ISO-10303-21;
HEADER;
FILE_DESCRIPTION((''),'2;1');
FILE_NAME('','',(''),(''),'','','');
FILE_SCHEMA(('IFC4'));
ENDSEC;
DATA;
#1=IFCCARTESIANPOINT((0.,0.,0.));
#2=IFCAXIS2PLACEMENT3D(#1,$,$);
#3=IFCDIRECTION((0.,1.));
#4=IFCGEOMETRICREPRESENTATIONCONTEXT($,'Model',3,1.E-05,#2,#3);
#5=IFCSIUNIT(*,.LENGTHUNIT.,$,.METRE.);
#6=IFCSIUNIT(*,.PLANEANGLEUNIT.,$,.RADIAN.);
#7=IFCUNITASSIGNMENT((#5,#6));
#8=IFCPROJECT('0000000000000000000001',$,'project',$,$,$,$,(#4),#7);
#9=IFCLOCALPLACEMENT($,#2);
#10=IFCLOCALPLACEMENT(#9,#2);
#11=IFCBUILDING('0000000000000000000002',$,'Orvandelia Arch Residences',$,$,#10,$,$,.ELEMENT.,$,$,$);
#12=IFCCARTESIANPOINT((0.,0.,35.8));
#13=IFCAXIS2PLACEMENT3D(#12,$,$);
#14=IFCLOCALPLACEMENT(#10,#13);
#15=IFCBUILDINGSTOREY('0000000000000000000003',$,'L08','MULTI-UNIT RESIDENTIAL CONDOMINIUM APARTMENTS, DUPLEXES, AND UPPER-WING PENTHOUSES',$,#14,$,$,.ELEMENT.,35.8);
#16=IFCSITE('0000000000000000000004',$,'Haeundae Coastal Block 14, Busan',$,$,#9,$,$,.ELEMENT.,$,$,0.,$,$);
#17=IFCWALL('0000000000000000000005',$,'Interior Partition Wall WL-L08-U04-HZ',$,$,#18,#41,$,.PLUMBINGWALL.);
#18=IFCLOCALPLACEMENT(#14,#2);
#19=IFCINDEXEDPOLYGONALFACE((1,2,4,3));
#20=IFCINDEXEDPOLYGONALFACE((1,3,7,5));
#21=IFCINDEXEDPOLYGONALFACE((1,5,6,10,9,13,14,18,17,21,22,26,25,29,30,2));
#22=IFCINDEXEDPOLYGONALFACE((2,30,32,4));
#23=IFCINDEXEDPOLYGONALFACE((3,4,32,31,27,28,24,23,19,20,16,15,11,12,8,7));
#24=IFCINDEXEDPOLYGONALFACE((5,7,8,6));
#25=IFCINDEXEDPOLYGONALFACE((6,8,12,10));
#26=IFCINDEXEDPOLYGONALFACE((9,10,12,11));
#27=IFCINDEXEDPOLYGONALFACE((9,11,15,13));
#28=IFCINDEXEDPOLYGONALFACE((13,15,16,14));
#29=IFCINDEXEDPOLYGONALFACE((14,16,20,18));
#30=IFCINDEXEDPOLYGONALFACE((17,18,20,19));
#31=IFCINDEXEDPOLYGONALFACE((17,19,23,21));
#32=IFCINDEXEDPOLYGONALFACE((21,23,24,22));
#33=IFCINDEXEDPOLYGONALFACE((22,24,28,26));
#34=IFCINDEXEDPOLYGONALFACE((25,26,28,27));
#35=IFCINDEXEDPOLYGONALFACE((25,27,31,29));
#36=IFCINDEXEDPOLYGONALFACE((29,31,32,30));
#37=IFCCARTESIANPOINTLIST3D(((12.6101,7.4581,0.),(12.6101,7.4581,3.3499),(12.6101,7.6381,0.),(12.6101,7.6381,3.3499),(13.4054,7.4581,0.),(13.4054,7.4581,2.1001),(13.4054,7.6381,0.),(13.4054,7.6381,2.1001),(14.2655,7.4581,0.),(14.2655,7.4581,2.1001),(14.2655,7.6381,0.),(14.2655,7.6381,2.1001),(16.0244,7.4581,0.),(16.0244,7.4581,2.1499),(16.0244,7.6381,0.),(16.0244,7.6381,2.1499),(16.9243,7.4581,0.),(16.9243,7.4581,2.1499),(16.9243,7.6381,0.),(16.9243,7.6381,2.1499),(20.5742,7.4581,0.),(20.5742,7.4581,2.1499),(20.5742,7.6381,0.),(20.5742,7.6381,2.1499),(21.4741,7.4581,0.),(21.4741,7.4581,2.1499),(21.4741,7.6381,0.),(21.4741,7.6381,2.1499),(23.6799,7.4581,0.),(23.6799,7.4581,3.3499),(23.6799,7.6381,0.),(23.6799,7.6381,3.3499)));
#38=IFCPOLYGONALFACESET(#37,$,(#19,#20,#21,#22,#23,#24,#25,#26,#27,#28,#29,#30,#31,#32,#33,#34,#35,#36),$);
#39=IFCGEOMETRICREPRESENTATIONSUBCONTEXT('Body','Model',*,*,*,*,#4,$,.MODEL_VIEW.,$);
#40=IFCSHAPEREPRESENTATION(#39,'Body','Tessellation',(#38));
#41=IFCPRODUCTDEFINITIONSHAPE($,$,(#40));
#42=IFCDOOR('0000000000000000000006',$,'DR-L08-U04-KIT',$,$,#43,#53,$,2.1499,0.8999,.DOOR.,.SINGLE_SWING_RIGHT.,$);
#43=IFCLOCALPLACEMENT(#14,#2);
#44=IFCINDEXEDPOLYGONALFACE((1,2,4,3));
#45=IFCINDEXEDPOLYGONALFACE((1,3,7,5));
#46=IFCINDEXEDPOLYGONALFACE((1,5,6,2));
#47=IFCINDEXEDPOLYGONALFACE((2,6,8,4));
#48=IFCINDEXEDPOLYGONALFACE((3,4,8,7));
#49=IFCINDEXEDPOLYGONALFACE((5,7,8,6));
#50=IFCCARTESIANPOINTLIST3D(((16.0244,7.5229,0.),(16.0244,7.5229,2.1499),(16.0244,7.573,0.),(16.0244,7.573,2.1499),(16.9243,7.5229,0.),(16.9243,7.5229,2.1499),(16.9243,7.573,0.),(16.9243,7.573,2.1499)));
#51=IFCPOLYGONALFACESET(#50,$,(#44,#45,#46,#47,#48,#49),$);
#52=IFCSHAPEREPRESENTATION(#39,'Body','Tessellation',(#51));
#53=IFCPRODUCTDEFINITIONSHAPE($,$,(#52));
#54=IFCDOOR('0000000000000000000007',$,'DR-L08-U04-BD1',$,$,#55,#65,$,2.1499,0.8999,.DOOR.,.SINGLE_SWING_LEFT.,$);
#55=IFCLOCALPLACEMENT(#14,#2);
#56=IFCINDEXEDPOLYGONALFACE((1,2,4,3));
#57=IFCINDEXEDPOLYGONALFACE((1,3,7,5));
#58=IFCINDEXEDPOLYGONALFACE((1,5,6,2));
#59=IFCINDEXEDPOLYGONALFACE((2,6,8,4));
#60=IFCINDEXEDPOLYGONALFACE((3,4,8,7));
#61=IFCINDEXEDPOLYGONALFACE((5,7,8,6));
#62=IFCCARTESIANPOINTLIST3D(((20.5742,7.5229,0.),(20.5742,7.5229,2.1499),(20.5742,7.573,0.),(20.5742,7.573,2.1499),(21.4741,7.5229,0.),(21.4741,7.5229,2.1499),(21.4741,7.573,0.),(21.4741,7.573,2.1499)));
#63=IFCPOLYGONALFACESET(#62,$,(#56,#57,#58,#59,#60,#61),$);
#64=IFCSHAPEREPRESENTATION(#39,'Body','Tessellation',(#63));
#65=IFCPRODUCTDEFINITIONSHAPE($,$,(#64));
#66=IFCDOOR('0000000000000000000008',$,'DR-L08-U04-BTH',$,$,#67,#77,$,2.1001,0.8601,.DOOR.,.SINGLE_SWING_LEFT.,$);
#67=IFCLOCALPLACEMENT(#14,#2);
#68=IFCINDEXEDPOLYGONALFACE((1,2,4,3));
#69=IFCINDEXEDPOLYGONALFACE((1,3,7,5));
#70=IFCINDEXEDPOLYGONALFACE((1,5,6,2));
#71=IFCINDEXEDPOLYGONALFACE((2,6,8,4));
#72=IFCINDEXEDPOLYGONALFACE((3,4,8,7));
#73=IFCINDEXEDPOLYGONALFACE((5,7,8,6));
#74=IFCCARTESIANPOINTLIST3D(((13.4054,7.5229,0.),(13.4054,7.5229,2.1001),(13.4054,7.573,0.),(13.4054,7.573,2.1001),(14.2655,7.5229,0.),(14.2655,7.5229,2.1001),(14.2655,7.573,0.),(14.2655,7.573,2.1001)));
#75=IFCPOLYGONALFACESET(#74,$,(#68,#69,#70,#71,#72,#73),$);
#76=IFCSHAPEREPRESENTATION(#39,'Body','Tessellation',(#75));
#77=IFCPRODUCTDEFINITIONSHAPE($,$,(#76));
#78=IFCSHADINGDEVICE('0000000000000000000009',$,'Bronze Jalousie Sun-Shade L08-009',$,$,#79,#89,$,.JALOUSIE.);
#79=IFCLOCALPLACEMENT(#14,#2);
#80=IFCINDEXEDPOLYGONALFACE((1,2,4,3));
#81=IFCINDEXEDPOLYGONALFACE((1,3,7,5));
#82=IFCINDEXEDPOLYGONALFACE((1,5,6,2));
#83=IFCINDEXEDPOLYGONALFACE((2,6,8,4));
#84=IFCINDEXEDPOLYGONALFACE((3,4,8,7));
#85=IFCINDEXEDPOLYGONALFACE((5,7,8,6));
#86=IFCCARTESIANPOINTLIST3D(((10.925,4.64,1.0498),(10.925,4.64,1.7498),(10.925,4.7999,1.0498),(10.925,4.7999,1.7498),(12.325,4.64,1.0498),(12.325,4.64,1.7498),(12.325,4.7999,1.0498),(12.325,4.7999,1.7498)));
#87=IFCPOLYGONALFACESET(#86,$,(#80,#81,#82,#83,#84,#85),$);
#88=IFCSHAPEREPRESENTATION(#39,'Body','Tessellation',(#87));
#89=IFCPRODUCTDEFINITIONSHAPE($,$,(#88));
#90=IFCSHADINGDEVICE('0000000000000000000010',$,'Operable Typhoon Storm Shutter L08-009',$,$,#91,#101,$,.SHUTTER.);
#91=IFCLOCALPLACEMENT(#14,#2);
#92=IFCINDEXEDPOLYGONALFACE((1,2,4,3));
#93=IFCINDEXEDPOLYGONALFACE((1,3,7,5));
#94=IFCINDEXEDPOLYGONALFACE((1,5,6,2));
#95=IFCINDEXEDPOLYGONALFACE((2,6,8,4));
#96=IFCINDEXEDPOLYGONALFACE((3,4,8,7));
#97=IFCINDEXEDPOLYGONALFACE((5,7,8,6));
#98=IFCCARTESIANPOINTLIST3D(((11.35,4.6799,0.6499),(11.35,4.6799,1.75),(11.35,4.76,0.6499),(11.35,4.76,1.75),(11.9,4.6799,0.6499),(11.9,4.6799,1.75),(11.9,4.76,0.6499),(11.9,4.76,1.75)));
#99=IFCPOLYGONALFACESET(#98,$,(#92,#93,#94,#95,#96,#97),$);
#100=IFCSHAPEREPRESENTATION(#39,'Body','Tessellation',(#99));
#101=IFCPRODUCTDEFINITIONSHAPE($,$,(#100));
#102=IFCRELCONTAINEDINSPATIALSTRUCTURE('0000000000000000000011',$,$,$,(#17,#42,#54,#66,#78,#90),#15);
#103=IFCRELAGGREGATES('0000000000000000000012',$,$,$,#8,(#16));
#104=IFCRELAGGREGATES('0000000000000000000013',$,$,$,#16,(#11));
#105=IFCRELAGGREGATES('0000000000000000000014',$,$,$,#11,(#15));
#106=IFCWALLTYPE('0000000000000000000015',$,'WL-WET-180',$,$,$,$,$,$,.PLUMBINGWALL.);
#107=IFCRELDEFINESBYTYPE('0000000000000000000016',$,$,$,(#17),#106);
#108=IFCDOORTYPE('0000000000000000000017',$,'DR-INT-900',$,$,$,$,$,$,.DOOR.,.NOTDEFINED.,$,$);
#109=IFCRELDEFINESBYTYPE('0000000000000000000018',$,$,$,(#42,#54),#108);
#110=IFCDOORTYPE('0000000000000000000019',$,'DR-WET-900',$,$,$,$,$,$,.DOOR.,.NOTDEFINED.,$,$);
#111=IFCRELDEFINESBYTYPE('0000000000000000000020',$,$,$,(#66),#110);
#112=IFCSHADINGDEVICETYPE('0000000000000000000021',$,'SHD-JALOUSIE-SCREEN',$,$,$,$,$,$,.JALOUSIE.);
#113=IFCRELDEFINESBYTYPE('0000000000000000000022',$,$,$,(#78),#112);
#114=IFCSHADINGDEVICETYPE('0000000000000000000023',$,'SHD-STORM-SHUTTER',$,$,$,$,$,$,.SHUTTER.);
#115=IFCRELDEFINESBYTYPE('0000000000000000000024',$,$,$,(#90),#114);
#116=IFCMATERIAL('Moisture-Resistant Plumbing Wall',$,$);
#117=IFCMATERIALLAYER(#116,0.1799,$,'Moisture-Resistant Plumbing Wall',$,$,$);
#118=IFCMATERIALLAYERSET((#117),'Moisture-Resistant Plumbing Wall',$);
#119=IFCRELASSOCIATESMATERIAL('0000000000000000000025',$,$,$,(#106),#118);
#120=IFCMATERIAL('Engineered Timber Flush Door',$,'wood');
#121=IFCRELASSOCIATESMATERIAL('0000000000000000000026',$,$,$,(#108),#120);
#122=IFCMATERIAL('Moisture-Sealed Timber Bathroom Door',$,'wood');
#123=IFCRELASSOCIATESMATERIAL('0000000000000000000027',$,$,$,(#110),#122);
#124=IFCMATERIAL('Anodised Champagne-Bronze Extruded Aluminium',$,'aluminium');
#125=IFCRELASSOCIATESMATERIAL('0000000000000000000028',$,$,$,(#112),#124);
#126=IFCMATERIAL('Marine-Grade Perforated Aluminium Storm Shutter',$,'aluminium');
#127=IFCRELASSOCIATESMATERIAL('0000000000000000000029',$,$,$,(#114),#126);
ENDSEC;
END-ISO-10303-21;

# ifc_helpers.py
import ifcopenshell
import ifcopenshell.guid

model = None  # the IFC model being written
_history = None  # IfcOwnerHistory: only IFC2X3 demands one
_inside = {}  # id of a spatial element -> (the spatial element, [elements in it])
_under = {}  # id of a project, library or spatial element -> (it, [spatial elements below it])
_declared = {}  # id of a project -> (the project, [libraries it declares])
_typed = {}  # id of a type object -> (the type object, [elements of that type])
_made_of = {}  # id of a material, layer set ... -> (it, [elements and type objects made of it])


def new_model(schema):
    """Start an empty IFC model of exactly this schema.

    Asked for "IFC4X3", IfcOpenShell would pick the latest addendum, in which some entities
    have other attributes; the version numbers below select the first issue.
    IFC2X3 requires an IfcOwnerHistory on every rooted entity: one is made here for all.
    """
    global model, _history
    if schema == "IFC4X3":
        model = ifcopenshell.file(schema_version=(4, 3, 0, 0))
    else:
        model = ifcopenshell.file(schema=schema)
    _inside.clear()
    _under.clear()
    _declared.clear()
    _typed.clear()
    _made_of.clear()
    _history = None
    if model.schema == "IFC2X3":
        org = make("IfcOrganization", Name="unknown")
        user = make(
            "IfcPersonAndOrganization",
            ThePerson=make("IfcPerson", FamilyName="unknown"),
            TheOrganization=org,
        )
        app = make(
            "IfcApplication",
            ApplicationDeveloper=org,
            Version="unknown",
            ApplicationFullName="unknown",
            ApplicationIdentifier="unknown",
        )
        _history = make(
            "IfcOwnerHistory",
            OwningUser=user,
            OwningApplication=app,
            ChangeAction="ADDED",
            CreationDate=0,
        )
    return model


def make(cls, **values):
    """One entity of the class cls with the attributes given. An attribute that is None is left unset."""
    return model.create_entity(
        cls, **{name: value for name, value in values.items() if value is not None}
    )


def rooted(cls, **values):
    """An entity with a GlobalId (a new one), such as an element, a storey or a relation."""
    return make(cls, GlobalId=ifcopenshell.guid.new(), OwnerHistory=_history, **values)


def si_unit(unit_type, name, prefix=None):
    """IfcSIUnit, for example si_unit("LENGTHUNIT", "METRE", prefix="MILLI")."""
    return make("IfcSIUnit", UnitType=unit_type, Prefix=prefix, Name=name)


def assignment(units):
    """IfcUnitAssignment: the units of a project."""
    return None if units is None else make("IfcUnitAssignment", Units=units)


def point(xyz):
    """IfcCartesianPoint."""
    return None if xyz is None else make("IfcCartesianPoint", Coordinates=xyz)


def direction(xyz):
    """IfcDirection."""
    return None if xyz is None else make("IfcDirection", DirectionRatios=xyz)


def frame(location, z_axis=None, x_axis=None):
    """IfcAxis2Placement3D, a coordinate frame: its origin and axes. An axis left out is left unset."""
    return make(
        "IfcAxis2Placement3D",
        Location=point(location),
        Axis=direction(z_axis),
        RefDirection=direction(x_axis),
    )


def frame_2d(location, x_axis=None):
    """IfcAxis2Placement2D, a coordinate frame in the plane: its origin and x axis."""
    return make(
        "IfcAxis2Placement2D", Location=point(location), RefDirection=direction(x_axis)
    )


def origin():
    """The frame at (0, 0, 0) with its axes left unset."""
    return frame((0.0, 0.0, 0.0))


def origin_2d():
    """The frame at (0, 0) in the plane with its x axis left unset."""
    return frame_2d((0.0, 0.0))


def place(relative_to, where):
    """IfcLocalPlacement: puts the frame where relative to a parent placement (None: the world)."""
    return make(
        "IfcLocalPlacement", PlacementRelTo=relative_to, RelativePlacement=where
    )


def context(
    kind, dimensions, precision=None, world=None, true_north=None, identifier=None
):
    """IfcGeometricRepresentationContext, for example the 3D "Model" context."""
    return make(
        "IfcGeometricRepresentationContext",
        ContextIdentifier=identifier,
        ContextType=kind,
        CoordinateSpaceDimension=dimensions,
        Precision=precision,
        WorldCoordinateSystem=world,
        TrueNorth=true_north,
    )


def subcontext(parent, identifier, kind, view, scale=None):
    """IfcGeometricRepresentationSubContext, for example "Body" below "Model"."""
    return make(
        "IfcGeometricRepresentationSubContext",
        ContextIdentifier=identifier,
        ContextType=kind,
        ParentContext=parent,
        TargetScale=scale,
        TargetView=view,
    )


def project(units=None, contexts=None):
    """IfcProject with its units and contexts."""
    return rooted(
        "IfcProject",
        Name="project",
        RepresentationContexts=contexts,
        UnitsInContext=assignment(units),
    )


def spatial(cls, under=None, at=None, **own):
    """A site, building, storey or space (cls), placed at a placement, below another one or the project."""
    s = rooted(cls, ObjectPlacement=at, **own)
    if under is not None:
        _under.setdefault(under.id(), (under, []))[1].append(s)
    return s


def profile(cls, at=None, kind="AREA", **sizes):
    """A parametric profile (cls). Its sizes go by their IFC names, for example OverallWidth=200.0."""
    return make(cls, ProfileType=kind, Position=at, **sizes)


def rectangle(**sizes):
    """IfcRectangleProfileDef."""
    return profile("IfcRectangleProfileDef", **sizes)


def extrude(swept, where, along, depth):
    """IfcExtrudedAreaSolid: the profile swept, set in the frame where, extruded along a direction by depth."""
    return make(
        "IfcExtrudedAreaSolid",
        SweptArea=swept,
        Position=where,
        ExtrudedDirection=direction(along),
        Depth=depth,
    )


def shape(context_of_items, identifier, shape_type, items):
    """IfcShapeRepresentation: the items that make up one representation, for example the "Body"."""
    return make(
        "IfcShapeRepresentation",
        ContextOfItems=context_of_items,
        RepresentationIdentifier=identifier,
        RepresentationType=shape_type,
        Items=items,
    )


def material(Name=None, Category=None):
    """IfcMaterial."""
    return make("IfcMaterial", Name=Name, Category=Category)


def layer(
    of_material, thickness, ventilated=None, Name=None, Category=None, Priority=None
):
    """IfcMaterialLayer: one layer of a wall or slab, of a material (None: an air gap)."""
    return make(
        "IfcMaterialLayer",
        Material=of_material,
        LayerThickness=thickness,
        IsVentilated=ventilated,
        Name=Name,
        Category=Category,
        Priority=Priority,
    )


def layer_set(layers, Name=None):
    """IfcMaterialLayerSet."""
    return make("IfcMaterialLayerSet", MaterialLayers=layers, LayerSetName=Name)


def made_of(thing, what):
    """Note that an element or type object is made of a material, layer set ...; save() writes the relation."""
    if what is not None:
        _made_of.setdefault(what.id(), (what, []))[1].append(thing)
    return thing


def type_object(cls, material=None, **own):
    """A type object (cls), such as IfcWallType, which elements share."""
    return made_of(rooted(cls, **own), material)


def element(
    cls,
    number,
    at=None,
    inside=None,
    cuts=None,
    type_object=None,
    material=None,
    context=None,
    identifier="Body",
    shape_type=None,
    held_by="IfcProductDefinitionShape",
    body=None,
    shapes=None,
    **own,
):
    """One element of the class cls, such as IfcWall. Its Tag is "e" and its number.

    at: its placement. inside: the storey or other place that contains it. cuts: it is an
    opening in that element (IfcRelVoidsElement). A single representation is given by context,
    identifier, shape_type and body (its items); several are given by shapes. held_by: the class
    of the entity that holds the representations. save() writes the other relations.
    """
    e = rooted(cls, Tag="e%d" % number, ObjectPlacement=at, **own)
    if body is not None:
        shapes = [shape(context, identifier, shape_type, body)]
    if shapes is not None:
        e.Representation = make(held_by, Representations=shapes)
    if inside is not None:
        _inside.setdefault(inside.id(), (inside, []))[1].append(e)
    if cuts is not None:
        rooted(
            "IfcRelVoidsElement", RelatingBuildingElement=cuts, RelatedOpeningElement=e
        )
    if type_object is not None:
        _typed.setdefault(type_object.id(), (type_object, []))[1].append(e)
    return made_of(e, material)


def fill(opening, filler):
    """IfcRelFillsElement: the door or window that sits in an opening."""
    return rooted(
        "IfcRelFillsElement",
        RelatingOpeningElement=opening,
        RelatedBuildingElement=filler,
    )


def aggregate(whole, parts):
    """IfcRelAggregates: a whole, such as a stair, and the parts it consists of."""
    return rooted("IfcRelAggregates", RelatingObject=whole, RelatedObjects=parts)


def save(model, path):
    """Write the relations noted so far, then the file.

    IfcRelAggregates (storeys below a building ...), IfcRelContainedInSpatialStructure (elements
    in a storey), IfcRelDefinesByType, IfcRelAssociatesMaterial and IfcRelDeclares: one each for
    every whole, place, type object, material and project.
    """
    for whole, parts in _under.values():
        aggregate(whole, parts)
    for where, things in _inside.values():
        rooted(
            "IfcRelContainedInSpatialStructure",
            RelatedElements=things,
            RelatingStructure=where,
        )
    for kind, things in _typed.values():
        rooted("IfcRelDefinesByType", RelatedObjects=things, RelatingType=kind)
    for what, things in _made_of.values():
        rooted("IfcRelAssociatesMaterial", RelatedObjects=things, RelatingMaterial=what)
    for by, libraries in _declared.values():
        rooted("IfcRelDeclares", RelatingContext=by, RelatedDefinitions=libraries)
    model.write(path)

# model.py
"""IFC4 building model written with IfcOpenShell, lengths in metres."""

from ifc_helpers import new_model, si_unit, direction, frame, frame_2d, origin, origin_2d, place, context, subcontext, project, spatial, rectangle, extrude, material, layer, layer_set, type_object, element, fill, save


model = new_model("IFC4")

# Units and contexts
model_context = context("Model", 3, precision=1e-05, world=origin(), true_north=direction((0.0, 1.0)))
body_context = subcontext(model_context, "Body", "Model", "MODEL_VIEW")
ifc_project = project(units=[si_unit("LENGTHUNIT", "METRE"), si_unit("PLANEANGLEUNIT", "RADIAN")], contexts=[model_context])

# Site, building, storey
site_placement = place(None, origin())
site = spatial("IfcSite", under=ifc_project, at=site_placement, Name="Haeundae Coastal Block 14, Busan", CompositionType="ELEMENT", RefElevation=0.0)
building_placement = place(site_placement, origin())
building = spatial("IfcBuilding", under=site, at=building_placement, Name="Orvandelia Arch Residences", CompositionType="ELEMENT")
storey_placement = place(building_placement, frame((0.0, 0.0, 35.8)))
storey = spatial("IfcBuildingStorey", under=building, at=storey_placement, Name="L08", Description="MULTI-UNIT RESIDENTIAL CONDOMINIUM APARTMENTS, DUPLEXES, AND UPPER-WING PENTHOUSES", CompositionType="ELEMENT", Elevation=35.8)

# Shared definitions
ifc_material_1 = material(Name="Moisture-Resistant Plumbing Wall")
ifc_layer_1 = layer(ifc_material_1, 0.1799, Name="Moisture-Resistant Plumbing Wall")
ifc_layer_set_1 = layer_set([ifc_layer_1], Name="Moisture-Resistant Plumbing Wall")
wall_type_1 = type_object("IfcWallType", Name="WL-WET-180", PredefinedType="PLUMBINGWALL", material=ifc_layer_set_1)

# Wall, openings, doors
wall_1_placement = place(storey_placement, frame((12.6101, 7.5481, 0.0), z_axis=(0.0, 0.0, 1.0), x_axis=(1.0, 0.0, 0.0)))
wall_1 = element("IfcWall", 1, at=wall_1_placement, inside=storey, type_object=wall_type_1, Name="Interior Partition Wall WL-L08-U04-HZ", PredefinedType="PLUMBINGWALL", context=body_context, shape_type="SweptSolid", body=[
    extrude(rectangle(XDim=11.0698, YDim=0.1799, at=frame_2d((5.5349, 0.0))), origin(), (0.0, 0.0, 1.0), 3.3499),
])
opening_1_placement = place(wall_1_placement, frame((0.7952, 0.0, 0.0)))
opening_1 = element("IfcOpeningElement", 2, at=opening_1_placement, cuts=wall_1, PredefinedType="OPENING", context=body_context, shape_type="SweptSolid", body=[
    extrude(rectangle(XDim=0.8601, YDim=2.1001, at=frame_2d((0.4302, 1.05))), frame((0.0, 0.1001, 0.0), z_axis=(0.0, -1.0, 0.0), x_axis=(1.0, 0.0, 0.0)), (0.0, 0.0, 1.0), 0.2),
])
opening_2_placement = place(wall_1_placement, frame((3.4143, 0.0, 0.0)))
opening_2 = element("IfcOpeningElement", 3, at=opening_2_placement, cuts=wall_1, PredefinedType="OPENING", context=body_context, shape_type="SweptSolid", body=[
    extrude(rectangle(XDim=0.8999, YDim=2.1499, at=frame_2d((0.45, 1.075))), frame((0.0, 0.1001, 0.0), z_axis=(0.0, -1.0, 0.0), x_axis=(1.0, 0.0, 0.0)), (0.0, 0.0, 1.0), 0.2),
])
opening_3_placement = place(wall_1_placement, frame((7.9641, 0.0, 0.0)))
opening_3 = element("IfcOpeningElement", 4, at=opening_3_placement, cuts=wall_1, PredefinedType="OPENING", context=body_context, shape_type="SweptSolid", body=[
    extrude(rectangle(XDim=0.8999, YDim=2.1499, at=frame_2d((0.45, 1.075))), frame((0.0, 0.1001, 0.0), z_axis=(0.0, -1.0, 0.0), x_axis=(1.0, 0.0, 0.0)), (0.0, 0.0, 1.0), 0.2),
])
ifc_material_2 = material(Name="Engineered Timber Flush Door", Category="wood")
door_type_1 = type_object("IfcDoorType", Name="DR-INT-900", OperationType="NOTDEFINED", PredefinedType="DOOR", material=ifc_material_2)
door_1_placement = place(opening_2_placement, origin())
door_1 = element("IfcDoor", 5, at=door_1_placement, inside=storey, type_object=door_type_1, Name="DR-L08-U04-KIT", OperationType="SINGLE_SWING_RIGHT", OverallHeight=2.1499, OverallWidth=0.8999, PredefinedType="DOOR", context=body_context, shape_type="SweptSolid", body=[
    extrude(rectangle(XDim=0.8999, YDim=2.1499, at=frame_2d((0.45, 1.075))), frame((0.0, 0.0249, 0.0), z_axis=(0.0, -1.0, 0.0), x_axis=(1.0, 0.0, 0.0)), (0.0, 0.0, 1.0), 0.05),
])
fill(opening_2, door_1)
door_2_placement = place(opening_3_placement, origin())
door_2 = element("IfcDoor", 6, at=door_2_placement, inside=storey, type_object=door_type_1, Name="DR-L08-U04-BD1", OperationType="SINGLE_SWING_LEFT", OverallHeight=2.1499, OverallWidth=0.8999, PredefinedType="DOOR", context=body_context, shape_type="SweptSolid", body=[
    extrude(rectangle(XDim=0.8999, YDim=2.1499, at=frame_2d((0.45, 1.075))), frame((0.0, 0.0249, 0.0), z_axis=(0.0, -1.0, 0.0), x_axis=(1.0, 0.0, 0.0)), (0.0, 0.0, 1.0), 0.05),
])
fill(opening_3, door_2)
ifc_material_3 = material(Name="Moisture-Sealed Timber Bathroom Door", Category="wood")
door_type_2 = type_object("IfcDoorType", Name="DR-WET-900", OperationType="NOTDEFINED", PredefinedType="DOOR", material=ifc_material_3)
door_3_placement = place(opening_1_placement, origin())
door_3 = element("IfcDoor", 7, at=door_3_placement, inside=storey, type_object=door_type_2, Name="DR-L08-U04-BTH", OperationType="SINGLE_SWING_LEFT", OverallHeight=2.1001, OverallWidth=0.8601, PredefinedType="DOOR", context=body_context, shape_type="SweptSolid", body=[
    extrude(rectangle(XDim=0.8601, YDim=2.1001, at=frame_2d((0.4302, 1.05))), frame((0.0, 0.0249, 0.0), z_axis=(0.0, -1.0, 0.0), x_axis=(1.0, 0.0, 0.0)), (0.0, 0.0, 1.0), 0.05),
])
fill(opening_1, door_3)

# Shading devices
ifc_material_4 = material(Name="Anodised Champagne-Bronze Extruded Aluminium", Category="aluminium")
shading_device_type_1 = type_object("IfcShadingDeviceType", Name="SHD-JALOUSIE-SCREEN", PredefinedType="JALOUSIE", material=ifc_material_4)
shading_device_1_placement = place(storey_placement, frame((11.625, 4.72, 1.0498), z_axis=(0.0, 0.0, 1.0), x_axis=(-1.0, 0.0, 0.0)))
element("IfcShadingDevice", 8, at=shading_device_1_placement, inside=storey, type_object=shading_device_type_1, Name="Bronze Jalousie Sun-Shade L08-009", PredefinedType="JALOUSIE", context=body_context, shape_type="SweptSolid", body=[
    extrude(rectangle(XDim=1.3999, YDim=0.1599, at=origin_2d()), origin(), (0.0, 0.0, 1.0), 0.7),
])
ifc_material_5 = material(Name="Marine-Grade Perforated Aluminium Storm Shutter", Category="aluminium")
shading_device_type_2 = type_object("IfcShadingDeviceType", Name="SHD-STORM-SHUTTER", PredefinedType="SHUTTER", material=ifc_material_5)
shading_device_2_placement = place(storey_placement, frame((11.625, 4.72, 0.6499), z_axis=(0.0, 0.0, 1.0), x_axis=(-1.0, 0.0, 0.0)))
element("IfcShadingDevice", 9, at=shading_device_2_placement, inside=storey, type_object=shading_device_type_2, Name="Operable Typhoon Storm Shutter L08-009", PredefinedType="SHUTTER", context=body_context, shape_type="SweptSolid", body=[
    extrude(rectangle(XDim=0.55, YDim=0.0801, at=origin_2d()), origin(), (0.0, 0.0, 1.0), 1.1001),
])

save(model, "model.ifc")
